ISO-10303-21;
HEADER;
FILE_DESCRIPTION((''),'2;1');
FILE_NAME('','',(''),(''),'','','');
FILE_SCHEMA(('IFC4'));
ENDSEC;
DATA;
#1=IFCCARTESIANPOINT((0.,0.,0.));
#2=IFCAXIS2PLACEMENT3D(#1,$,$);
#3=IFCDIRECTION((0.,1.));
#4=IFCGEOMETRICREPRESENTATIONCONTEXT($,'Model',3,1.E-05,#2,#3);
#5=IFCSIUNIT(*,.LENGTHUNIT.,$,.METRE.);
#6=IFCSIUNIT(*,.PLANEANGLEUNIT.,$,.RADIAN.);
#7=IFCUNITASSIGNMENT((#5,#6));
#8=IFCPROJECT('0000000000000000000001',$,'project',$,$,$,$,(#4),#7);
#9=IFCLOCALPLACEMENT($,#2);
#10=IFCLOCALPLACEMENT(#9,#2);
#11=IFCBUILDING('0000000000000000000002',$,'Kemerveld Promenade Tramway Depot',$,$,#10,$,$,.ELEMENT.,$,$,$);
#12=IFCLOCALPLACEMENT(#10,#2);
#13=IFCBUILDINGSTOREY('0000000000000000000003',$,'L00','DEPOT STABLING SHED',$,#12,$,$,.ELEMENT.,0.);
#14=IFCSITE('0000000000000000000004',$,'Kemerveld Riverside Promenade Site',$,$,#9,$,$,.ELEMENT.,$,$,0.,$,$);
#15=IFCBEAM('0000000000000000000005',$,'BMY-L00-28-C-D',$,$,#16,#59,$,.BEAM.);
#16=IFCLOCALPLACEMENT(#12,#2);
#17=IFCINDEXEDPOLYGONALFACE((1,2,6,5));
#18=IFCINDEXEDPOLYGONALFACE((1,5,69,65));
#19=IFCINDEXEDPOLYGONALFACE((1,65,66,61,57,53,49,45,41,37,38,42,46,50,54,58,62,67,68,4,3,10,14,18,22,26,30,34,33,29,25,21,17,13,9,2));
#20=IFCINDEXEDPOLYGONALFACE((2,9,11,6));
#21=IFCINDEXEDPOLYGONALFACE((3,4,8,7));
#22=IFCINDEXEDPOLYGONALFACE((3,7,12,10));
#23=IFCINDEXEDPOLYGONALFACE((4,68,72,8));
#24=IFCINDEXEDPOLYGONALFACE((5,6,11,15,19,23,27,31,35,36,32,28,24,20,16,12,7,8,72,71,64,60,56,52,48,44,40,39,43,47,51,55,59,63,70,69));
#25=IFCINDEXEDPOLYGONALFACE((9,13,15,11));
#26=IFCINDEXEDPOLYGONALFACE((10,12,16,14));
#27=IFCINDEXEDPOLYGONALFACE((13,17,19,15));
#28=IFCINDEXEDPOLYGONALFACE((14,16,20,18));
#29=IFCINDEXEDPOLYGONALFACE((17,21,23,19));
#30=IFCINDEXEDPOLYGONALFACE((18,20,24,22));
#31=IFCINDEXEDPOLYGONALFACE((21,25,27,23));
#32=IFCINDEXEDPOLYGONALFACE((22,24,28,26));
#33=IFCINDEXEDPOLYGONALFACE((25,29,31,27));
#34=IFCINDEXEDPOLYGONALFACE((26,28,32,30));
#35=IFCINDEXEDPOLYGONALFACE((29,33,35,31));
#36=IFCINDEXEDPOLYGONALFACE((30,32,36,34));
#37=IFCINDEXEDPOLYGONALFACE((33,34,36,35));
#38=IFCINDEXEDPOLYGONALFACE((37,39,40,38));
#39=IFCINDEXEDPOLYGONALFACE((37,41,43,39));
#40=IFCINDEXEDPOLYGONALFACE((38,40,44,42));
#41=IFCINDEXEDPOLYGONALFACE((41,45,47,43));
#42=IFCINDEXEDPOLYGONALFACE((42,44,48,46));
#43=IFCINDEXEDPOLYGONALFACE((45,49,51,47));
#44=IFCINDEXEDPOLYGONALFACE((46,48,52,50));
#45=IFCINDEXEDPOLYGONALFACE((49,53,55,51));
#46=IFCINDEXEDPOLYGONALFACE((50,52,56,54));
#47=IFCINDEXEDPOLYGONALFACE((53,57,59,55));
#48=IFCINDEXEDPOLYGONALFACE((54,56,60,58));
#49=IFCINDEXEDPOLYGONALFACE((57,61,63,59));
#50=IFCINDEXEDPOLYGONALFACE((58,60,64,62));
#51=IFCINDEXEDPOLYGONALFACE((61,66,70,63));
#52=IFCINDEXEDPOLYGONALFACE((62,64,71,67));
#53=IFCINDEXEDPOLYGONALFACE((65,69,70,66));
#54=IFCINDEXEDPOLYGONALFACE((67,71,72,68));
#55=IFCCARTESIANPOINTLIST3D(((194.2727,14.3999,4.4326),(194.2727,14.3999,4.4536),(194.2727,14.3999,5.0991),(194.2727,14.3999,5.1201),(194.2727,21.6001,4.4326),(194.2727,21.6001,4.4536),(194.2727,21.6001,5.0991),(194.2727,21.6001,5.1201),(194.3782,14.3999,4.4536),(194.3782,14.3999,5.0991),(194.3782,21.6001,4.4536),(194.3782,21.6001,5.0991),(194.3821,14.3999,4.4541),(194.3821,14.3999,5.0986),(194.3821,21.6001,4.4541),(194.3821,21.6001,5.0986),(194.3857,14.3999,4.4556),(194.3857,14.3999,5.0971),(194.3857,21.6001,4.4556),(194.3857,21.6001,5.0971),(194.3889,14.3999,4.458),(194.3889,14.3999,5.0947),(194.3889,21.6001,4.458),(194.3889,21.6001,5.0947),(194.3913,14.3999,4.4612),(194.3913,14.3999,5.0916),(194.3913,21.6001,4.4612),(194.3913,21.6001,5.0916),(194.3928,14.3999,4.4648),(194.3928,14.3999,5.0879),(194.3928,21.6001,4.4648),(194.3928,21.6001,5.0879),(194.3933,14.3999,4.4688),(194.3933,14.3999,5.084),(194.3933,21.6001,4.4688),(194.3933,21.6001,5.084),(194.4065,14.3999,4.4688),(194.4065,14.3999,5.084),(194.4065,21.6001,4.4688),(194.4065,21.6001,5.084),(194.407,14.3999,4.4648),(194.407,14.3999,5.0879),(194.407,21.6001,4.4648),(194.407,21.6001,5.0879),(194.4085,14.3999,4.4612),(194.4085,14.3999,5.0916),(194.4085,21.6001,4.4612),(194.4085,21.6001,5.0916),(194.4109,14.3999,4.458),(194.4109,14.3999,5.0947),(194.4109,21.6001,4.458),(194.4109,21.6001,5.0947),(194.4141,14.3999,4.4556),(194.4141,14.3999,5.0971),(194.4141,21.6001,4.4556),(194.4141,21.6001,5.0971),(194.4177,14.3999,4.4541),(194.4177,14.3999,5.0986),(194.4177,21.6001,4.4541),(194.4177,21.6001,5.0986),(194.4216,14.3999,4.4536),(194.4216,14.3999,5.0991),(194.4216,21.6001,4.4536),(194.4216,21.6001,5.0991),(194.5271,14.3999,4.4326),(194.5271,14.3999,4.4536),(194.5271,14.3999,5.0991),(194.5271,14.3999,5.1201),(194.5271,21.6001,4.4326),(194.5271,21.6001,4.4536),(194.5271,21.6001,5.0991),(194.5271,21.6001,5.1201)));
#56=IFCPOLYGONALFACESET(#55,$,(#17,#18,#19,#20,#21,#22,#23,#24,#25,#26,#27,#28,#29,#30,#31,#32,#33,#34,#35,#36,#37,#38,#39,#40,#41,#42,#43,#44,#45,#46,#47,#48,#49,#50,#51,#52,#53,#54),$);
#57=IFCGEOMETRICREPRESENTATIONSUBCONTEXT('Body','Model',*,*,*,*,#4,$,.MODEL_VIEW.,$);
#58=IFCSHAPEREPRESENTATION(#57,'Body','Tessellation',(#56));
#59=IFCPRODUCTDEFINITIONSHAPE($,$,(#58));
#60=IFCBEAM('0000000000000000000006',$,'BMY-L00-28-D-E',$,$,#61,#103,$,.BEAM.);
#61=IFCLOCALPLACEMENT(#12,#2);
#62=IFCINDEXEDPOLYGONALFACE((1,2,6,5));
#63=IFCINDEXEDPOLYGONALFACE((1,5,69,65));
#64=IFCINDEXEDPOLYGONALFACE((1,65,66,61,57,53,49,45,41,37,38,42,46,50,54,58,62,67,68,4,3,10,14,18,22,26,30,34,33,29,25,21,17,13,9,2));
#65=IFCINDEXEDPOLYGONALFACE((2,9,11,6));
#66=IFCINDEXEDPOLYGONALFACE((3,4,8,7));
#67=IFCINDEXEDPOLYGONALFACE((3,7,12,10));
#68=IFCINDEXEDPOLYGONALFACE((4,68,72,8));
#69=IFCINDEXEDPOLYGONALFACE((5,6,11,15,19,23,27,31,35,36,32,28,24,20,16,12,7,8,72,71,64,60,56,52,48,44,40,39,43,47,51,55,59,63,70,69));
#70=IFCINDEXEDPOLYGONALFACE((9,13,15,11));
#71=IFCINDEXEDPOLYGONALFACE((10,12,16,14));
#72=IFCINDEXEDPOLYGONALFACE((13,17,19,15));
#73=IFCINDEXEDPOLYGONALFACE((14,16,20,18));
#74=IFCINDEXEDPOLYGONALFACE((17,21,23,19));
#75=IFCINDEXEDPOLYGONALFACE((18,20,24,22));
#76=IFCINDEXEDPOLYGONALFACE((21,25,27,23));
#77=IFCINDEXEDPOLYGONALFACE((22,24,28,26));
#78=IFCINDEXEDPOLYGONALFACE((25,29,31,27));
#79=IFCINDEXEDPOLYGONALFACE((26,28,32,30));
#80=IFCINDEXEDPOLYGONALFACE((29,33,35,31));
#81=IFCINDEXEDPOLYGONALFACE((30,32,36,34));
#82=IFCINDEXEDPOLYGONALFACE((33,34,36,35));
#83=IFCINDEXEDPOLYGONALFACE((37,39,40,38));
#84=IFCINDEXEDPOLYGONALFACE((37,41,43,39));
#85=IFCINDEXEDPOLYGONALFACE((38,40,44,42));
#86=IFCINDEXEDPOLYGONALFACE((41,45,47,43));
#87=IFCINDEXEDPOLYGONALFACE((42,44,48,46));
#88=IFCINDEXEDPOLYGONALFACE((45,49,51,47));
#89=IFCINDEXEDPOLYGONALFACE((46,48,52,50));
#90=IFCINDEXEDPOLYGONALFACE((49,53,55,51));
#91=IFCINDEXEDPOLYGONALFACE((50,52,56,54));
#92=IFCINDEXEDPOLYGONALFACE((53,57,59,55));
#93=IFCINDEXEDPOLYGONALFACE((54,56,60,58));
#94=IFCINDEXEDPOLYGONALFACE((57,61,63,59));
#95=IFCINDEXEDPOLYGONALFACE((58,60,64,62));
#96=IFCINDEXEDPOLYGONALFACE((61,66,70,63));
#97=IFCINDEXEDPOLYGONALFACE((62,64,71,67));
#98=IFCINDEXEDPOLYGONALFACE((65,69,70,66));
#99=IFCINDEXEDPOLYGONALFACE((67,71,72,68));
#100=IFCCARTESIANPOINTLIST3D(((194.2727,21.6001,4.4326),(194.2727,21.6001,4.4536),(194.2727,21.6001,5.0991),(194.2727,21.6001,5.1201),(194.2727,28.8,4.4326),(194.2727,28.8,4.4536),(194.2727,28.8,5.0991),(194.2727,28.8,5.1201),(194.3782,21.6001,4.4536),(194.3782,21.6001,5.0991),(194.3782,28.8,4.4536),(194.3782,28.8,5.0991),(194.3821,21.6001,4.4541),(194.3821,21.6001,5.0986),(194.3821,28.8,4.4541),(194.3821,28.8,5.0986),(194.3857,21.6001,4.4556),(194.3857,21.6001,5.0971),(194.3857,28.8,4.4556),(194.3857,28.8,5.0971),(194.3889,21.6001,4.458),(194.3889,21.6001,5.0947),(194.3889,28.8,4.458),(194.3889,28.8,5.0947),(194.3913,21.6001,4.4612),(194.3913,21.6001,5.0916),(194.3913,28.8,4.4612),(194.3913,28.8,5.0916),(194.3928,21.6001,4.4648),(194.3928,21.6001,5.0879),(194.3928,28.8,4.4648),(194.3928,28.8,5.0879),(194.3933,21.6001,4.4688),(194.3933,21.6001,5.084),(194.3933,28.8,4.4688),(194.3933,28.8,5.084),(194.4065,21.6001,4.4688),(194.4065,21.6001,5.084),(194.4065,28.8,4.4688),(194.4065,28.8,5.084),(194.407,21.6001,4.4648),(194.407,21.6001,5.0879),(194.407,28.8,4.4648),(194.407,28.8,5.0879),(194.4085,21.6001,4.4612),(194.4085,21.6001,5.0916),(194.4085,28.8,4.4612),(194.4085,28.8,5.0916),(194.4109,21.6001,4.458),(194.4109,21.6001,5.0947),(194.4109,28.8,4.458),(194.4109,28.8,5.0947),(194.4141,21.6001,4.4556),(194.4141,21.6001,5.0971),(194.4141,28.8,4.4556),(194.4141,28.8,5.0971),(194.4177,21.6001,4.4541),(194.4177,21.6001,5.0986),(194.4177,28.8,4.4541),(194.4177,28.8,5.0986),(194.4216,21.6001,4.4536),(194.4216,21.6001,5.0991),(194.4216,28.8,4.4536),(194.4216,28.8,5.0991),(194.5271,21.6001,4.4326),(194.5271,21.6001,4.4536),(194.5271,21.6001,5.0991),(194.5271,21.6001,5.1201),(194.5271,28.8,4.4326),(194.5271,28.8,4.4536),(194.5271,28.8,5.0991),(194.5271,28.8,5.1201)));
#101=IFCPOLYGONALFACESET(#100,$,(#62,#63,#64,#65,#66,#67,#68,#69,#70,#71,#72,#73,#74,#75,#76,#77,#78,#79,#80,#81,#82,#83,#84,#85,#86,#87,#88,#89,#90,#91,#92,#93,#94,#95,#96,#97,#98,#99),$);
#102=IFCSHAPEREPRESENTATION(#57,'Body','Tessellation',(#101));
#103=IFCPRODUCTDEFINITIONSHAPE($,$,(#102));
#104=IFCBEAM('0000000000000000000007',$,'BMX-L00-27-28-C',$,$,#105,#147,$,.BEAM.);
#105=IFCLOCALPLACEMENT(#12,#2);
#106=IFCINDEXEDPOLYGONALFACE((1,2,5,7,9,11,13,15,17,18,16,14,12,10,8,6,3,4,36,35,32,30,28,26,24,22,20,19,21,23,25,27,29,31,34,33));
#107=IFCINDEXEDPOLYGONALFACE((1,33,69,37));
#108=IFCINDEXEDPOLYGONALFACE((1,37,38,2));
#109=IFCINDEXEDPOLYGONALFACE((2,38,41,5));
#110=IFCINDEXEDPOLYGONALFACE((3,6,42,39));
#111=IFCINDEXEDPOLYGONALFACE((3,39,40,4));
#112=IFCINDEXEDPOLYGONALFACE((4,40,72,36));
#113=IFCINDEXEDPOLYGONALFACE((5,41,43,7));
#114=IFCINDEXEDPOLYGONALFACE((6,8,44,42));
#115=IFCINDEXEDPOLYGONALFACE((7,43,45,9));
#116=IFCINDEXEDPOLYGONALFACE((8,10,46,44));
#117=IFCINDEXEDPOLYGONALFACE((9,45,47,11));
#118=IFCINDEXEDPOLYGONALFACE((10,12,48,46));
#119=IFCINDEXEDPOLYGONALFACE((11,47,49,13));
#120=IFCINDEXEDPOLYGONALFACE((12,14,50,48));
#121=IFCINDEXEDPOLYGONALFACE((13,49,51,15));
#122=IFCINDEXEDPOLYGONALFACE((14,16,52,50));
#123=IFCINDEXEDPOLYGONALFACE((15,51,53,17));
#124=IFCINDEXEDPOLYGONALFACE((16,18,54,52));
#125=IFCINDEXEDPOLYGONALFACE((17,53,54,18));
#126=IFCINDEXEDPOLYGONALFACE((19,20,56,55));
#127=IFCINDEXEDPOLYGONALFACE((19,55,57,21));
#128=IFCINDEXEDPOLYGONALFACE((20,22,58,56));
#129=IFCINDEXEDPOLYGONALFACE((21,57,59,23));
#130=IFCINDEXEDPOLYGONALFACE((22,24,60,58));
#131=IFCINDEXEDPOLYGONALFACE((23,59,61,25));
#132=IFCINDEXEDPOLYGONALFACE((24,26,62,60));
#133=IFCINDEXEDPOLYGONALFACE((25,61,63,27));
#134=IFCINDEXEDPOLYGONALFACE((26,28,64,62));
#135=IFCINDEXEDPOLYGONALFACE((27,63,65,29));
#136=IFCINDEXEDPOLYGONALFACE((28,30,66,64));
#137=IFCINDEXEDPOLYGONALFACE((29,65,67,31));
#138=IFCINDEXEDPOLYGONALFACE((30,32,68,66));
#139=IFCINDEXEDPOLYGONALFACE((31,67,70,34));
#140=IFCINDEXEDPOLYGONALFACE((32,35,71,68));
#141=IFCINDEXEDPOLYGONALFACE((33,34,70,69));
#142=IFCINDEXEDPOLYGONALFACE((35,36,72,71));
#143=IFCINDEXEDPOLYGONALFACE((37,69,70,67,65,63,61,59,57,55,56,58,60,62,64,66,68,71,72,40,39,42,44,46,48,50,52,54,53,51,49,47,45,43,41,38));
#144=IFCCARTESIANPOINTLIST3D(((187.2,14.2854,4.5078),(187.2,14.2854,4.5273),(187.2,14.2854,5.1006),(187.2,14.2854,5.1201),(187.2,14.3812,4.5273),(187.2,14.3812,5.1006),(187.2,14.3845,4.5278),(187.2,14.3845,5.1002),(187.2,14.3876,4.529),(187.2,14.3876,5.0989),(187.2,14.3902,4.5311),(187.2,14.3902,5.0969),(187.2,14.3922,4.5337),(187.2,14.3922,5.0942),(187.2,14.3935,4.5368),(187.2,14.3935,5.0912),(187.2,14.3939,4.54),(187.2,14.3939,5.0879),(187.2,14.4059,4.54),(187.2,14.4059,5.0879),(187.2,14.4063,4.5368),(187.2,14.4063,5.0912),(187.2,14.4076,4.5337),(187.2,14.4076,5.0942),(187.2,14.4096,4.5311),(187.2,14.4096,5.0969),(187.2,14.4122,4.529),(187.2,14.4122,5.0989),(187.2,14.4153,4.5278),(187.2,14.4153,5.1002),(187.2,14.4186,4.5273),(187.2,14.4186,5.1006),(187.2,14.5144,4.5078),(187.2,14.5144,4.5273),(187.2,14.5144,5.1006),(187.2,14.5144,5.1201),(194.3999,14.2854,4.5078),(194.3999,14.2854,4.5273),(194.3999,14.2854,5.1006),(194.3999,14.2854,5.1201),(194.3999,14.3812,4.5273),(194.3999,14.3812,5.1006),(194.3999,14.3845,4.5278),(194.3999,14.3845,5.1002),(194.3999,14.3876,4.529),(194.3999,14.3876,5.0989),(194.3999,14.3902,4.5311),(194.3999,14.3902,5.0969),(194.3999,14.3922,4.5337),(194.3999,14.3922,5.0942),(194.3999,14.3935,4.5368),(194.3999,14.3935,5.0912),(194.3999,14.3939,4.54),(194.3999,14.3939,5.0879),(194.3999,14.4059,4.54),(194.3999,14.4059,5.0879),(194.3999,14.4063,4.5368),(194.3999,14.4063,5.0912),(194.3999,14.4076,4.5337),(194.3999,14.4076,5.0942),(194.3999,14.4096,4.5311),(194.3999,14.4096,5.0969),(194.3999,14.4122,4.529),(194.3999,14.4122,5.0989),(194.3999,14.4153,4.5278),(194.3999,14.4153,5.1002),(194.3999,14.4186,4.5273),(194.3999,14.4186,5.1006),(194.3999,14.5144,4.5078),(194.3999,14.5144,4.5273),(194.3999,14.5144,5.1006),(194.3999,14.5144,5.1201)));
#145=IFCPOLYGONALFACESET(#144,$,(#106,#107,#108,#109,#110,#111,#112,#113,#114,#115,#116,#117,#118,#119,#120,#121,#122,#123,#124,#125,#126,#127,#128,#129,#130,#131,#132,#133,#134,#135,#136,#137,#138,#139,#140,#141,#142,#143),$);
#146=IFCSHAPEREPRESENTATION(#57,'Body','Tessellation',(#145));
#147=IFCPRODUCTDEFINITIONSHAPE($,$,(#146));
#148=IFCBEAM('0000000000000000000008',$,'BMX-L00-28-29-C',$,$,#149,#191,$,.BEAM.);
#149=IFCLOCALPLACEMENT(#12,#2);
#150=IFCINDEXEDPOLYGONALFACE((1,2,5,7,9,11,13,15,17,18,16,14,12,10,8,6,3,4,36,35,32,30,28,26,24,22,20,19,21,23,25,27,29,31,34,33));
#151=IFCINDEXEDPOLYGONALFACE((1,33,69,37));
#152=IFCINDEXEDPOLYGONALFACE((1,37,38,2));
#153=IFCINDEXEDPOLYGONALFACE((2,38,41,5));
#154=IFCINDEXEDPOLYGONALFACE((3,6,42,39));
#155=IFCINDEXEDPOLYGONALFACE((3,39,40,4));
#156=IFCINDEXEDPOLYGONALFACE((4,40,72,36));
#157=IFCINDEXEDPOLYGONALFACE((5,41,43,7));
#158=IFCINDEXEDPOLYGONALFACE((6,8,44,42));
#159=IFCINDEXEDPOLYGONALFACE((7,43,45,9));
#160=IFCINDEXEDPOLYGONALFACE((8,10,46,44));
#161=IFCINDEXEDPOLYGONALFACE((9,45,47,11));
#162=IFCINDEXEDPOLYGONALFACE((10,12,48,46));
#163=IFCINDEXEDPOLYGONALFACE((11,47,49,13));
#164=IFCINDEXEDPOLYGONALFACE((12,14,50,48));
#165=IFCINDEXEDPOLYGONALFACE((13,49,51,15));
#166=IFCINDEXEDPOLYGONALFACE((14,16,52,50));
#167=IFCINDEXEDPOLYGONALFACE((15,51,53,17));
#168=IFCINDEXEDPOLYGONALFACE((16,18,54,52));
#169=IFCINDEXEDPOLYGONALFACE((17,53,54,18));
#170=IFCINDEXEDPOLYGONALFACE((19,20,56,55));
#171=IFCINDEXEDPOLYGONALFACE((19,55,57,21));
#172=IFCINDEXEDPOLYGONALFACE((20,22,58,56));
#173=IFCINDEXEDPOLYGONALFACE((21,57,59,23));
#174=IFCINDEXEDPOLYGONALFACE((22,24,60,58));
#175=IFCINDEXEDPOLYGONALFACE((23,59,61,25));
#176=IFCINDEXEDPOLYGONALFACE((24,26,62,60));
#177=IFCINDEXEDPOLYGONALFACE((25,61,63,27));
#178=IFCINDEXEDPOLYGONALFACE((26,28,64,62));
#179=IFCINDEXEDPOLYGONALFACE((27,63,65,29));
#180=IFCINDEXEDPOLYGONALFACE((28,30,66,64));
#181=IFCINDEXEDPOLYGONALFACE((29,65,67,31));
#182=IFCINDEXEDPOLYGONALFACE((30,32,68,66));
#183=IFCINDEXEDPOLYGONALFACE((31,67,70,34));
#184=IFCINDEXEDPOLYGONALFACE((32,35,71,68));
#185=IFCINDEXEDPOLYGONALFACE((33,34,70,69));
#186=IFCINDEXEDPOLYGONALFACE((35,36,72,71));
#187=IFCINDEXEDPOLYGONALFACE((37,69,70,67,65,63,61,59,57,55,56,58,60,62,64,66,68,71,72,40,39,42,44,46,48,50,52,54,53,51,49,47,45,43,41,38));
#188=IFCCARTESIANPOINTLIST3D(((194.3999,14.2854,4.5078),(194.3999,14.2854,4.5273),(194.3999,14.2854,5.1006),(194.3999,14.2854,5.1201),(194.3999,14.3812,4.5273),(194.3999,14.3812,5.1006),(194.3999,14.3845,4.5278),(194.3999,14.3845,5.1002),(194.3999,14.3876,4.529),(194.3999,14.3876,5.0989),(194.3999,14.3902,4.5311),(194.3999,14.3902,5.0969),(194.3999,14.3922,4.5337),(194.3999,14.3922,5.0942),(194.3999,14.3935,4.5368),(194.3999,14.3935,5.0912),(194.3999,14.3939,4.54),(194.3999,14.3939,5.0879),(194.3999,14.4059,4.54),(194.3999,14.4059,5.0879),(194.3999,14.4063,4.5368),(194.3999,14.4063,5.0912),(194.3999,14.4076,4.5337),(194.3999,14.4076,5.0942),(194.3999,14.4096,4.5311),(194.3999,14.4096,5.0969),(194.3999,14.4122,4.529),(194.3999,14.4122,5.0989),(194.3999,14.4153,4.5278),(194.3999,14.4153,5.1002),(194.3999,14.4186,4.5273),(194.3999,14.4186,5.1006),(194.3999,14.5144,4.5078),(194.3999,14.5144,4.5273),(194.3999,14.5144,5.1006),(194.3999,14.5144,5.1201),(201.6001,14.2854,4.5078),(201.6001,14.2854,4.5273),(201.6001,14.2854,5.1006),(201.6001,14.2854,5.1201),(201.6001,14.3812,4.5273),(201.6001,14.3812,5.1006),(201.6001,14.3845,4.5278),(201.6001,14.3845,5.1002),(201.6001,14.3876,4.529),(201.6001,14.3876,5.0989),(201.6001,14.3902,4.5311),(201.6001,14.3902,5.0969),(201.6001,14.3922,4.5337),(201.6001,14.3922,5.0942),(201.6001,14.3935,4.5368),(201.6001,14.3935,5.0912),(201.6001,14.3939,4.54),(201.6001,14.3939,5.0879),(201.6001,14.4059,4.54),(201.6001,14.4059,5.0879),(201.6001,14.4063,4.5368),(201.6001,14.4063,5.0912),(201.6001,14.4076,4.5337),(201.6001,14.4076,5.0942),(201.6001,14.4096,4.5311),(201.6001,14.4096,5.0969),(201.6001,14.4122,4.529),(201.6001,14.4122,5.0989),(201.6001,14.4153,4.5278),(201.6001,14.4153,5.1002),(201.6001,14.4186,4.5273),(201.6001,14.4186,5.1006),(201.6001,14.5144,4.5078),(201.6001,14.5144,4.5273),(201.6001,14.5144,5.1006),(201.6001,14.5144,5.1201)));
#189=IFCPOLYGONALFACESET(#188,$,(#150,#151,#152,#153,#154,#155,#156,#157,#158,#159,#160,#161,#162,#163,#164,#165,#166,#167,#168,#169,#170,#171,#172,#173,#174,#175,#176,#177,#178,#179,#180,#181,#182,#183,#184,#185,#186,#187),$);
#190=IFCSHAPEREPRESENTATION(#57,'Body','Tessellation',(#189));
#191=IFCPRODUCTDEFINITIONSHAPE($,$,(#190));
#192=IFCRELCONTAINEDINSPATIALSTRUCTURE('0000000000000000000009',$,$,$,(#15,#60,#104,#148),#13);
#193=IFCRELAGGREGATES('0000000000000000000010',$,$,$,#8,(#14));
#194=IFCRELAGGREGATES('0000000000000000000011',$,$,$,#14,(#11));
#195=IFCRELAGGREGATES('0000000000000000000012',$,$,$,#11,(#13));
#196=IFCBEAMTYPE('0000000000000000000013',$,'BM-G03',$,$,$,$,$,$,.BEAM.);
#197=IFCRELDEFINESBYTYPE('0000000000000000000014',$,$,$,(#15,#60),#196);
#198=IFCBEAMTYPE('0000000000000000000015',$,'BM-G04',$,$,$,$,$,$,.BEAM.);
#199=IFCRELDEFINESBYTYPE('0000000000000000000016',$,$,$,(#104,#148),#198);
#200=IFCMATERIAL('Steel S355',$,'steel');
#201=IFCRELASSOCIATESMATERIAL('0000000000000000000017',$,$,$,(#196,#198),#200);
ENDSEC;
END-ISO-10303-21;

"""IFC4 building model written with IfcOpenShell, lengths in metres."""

from ifc_helpers import new_model, si_unit, direction, frame, origin, origin_2d, place, context, subcontext, project, spatial, i_section, extrude, material, material_profile, profile_set, type_object, element, save


model = new_model("IFC4")

# Units and contexts
model_context = context("Model", 3, precision=1e-05, world=origin(), true_north=direction((0.0, 1.0)))
body_context = subcontext(model_context, "Body", "Model", "MODEL_VIEW")
ifc_project = project(units=[si_unit("LENGTHUNIT", "METRE"), si_unit("PLANEANGLEUNIT", "RADIAN")], contexts=[model_context])

# Site, building, storey
site_placement = place(None, origin())
site = spatial("IfcSite", under=ifc_project, at=site_placement, Name="Kemerveld Riverside Promenade Site", CompositionType="ELEMENT", RefElevation=0.0)
building_placement = place(site_placement, origin())
building = spatial("IfcBuilding", under=site, at=building_placement, Name="Kemerveld Promenade Tramway Depot", CompositionType="ELEMENT")
storey_placement = place(building_placement, origin())
storey = spatial("IfcBuildingStorey", under=building, at=storey_placement, Name="L00", Description="DEPOT STABLING SHED", CompositionType="ELEMENT", Elevation=0.0)

# Shared definitions
ifc_material_1 = material(Name="Steel S355", Category="steel")

# Beams
ifc_material_profile_1 = material_profile(ifc_material_1, i_section(OverallWidth=0.2544, OverallDepth=0.6875, WebThickness=0.0132, FlangeThickness=0.021, FilletRadius=0.0151, at=origin_2d()), Name="686x254x152 UB")
ifc_profile_set_1 = profile_set([ifc_material_profile_1], Name="Steel S355")
beam_type_1 = type_object("IfcBeamType", Name="BM-G03", PredefinedType="BEAM", material=ifc_profile_set_1)
beam_1_placement = place(storey_placement, frame((194.3999, 14.3999, 4.7764), z_axis=(0.0, 1.0, 0.0), x_axis=(-1.0, 0.0, 0.0)))
element("IfcBeam", 1, at=beam_1_placement, inside=storey, type_object=beam_type_1, Name="BMY-L00-28-C-D", PredefinedType="BEAM", context=body_context, shape_type="SweptSolid", body=[
    extrude(i_section(OverallWidth=0.2544, OverallDepth=0.6875, WebThickness=0.0132, FlangeThickness=0.021, FilletRadius=0.0151, at=origin_2d()), origin(), (0.0, 0.0, 1.0), 7.2002),
])
beam_2_placement = place(storey_placement, frame((194.3999, 21.6001, 4.7764), z_axis=(0.0, 1.0, 0.0), x_axis=(-1.0, 0.0, 0.0)))
element("IfcBeam", 2, at=beam_2_placement, inside=storey, type_object=beam_type_1, Name="BMY-L00-28-D-E", PredefinedType="BEAM", context=body_context, shape_type="SweptSolid", body=[
    extrude(i_section(OverallWidth=0.2544, OverallDepth=0.6875, WebThickness=0.0132, FlangeThickness=0.021, FilletRadius=0.0151, at=origin_2d()), origin(), (0.0, 0.0, 1.0), 7.2),
])
ifc_material_profile_2 = material_profile(ifc_material_1, i_section(OverallWidth=0.229, OverallDepth=0.6123, WebThickness=0.012, FlangeThickness=0.0195, FilletRadius=0.0127, at=origin_2d()), Name="610x229x125 UB")
ifc_profile_set_2 = profile_set([ifc_material_profile_2], Name="Steel S355")
beam_type_2 = type_object("IfcBeamType", Name="BM-G04", PredefinedType="BEAM", material=ifc_profile_set_2)
beam_3_placement = place(storey_placement, frame((187.2, 14.3999, 4.814), z_axis=(1.0, 0.0, 0.0), x_axis=(0.0, 1.0, 0.0)))
element("IfcBeam", 3, at=beam_3_placement, inside=storey, type_object=beam_type_2, Name="BMX-L00-27-28-C", PredefinedType="BEAM", context=body_context, shape_type="SweptSolid", body=[
    extrude(i_section(OverallWidth=0.229, OverallDepth=0.6123, WebThickness=0.012, FlangeThickness=0.0195, FilletRadius=0.0127, at=origin_2d()), origin(), (0.0, 0.0, 1.0), 7.2),
])
beam_4_placement = place(storey_placement, frame((194.3999, 14.3999, 4.814), z_axis=(1.0, 0.0, 0.0), x_axis=(0.0, 1.0, 0.0)))
element("IfcBeam", 4, at=beam_4_placement, inside=storey, type_object=beam_type_2, Name="BMX-L00-28-29-C", PredefinedType="BEAM", context=body_context, shape_type="SweptSolid", body=[
    extrude(i_section(OverallWidth=0.229, OverallDepth=0.6123, WebThickness=0.012, FlangeThickness=0.0195, FilletRadius=0.0127, at=origin_2d()), origin(), (0.0, 0.0, 1.0), 7.2002),
])

save(model, "model.ifc")
